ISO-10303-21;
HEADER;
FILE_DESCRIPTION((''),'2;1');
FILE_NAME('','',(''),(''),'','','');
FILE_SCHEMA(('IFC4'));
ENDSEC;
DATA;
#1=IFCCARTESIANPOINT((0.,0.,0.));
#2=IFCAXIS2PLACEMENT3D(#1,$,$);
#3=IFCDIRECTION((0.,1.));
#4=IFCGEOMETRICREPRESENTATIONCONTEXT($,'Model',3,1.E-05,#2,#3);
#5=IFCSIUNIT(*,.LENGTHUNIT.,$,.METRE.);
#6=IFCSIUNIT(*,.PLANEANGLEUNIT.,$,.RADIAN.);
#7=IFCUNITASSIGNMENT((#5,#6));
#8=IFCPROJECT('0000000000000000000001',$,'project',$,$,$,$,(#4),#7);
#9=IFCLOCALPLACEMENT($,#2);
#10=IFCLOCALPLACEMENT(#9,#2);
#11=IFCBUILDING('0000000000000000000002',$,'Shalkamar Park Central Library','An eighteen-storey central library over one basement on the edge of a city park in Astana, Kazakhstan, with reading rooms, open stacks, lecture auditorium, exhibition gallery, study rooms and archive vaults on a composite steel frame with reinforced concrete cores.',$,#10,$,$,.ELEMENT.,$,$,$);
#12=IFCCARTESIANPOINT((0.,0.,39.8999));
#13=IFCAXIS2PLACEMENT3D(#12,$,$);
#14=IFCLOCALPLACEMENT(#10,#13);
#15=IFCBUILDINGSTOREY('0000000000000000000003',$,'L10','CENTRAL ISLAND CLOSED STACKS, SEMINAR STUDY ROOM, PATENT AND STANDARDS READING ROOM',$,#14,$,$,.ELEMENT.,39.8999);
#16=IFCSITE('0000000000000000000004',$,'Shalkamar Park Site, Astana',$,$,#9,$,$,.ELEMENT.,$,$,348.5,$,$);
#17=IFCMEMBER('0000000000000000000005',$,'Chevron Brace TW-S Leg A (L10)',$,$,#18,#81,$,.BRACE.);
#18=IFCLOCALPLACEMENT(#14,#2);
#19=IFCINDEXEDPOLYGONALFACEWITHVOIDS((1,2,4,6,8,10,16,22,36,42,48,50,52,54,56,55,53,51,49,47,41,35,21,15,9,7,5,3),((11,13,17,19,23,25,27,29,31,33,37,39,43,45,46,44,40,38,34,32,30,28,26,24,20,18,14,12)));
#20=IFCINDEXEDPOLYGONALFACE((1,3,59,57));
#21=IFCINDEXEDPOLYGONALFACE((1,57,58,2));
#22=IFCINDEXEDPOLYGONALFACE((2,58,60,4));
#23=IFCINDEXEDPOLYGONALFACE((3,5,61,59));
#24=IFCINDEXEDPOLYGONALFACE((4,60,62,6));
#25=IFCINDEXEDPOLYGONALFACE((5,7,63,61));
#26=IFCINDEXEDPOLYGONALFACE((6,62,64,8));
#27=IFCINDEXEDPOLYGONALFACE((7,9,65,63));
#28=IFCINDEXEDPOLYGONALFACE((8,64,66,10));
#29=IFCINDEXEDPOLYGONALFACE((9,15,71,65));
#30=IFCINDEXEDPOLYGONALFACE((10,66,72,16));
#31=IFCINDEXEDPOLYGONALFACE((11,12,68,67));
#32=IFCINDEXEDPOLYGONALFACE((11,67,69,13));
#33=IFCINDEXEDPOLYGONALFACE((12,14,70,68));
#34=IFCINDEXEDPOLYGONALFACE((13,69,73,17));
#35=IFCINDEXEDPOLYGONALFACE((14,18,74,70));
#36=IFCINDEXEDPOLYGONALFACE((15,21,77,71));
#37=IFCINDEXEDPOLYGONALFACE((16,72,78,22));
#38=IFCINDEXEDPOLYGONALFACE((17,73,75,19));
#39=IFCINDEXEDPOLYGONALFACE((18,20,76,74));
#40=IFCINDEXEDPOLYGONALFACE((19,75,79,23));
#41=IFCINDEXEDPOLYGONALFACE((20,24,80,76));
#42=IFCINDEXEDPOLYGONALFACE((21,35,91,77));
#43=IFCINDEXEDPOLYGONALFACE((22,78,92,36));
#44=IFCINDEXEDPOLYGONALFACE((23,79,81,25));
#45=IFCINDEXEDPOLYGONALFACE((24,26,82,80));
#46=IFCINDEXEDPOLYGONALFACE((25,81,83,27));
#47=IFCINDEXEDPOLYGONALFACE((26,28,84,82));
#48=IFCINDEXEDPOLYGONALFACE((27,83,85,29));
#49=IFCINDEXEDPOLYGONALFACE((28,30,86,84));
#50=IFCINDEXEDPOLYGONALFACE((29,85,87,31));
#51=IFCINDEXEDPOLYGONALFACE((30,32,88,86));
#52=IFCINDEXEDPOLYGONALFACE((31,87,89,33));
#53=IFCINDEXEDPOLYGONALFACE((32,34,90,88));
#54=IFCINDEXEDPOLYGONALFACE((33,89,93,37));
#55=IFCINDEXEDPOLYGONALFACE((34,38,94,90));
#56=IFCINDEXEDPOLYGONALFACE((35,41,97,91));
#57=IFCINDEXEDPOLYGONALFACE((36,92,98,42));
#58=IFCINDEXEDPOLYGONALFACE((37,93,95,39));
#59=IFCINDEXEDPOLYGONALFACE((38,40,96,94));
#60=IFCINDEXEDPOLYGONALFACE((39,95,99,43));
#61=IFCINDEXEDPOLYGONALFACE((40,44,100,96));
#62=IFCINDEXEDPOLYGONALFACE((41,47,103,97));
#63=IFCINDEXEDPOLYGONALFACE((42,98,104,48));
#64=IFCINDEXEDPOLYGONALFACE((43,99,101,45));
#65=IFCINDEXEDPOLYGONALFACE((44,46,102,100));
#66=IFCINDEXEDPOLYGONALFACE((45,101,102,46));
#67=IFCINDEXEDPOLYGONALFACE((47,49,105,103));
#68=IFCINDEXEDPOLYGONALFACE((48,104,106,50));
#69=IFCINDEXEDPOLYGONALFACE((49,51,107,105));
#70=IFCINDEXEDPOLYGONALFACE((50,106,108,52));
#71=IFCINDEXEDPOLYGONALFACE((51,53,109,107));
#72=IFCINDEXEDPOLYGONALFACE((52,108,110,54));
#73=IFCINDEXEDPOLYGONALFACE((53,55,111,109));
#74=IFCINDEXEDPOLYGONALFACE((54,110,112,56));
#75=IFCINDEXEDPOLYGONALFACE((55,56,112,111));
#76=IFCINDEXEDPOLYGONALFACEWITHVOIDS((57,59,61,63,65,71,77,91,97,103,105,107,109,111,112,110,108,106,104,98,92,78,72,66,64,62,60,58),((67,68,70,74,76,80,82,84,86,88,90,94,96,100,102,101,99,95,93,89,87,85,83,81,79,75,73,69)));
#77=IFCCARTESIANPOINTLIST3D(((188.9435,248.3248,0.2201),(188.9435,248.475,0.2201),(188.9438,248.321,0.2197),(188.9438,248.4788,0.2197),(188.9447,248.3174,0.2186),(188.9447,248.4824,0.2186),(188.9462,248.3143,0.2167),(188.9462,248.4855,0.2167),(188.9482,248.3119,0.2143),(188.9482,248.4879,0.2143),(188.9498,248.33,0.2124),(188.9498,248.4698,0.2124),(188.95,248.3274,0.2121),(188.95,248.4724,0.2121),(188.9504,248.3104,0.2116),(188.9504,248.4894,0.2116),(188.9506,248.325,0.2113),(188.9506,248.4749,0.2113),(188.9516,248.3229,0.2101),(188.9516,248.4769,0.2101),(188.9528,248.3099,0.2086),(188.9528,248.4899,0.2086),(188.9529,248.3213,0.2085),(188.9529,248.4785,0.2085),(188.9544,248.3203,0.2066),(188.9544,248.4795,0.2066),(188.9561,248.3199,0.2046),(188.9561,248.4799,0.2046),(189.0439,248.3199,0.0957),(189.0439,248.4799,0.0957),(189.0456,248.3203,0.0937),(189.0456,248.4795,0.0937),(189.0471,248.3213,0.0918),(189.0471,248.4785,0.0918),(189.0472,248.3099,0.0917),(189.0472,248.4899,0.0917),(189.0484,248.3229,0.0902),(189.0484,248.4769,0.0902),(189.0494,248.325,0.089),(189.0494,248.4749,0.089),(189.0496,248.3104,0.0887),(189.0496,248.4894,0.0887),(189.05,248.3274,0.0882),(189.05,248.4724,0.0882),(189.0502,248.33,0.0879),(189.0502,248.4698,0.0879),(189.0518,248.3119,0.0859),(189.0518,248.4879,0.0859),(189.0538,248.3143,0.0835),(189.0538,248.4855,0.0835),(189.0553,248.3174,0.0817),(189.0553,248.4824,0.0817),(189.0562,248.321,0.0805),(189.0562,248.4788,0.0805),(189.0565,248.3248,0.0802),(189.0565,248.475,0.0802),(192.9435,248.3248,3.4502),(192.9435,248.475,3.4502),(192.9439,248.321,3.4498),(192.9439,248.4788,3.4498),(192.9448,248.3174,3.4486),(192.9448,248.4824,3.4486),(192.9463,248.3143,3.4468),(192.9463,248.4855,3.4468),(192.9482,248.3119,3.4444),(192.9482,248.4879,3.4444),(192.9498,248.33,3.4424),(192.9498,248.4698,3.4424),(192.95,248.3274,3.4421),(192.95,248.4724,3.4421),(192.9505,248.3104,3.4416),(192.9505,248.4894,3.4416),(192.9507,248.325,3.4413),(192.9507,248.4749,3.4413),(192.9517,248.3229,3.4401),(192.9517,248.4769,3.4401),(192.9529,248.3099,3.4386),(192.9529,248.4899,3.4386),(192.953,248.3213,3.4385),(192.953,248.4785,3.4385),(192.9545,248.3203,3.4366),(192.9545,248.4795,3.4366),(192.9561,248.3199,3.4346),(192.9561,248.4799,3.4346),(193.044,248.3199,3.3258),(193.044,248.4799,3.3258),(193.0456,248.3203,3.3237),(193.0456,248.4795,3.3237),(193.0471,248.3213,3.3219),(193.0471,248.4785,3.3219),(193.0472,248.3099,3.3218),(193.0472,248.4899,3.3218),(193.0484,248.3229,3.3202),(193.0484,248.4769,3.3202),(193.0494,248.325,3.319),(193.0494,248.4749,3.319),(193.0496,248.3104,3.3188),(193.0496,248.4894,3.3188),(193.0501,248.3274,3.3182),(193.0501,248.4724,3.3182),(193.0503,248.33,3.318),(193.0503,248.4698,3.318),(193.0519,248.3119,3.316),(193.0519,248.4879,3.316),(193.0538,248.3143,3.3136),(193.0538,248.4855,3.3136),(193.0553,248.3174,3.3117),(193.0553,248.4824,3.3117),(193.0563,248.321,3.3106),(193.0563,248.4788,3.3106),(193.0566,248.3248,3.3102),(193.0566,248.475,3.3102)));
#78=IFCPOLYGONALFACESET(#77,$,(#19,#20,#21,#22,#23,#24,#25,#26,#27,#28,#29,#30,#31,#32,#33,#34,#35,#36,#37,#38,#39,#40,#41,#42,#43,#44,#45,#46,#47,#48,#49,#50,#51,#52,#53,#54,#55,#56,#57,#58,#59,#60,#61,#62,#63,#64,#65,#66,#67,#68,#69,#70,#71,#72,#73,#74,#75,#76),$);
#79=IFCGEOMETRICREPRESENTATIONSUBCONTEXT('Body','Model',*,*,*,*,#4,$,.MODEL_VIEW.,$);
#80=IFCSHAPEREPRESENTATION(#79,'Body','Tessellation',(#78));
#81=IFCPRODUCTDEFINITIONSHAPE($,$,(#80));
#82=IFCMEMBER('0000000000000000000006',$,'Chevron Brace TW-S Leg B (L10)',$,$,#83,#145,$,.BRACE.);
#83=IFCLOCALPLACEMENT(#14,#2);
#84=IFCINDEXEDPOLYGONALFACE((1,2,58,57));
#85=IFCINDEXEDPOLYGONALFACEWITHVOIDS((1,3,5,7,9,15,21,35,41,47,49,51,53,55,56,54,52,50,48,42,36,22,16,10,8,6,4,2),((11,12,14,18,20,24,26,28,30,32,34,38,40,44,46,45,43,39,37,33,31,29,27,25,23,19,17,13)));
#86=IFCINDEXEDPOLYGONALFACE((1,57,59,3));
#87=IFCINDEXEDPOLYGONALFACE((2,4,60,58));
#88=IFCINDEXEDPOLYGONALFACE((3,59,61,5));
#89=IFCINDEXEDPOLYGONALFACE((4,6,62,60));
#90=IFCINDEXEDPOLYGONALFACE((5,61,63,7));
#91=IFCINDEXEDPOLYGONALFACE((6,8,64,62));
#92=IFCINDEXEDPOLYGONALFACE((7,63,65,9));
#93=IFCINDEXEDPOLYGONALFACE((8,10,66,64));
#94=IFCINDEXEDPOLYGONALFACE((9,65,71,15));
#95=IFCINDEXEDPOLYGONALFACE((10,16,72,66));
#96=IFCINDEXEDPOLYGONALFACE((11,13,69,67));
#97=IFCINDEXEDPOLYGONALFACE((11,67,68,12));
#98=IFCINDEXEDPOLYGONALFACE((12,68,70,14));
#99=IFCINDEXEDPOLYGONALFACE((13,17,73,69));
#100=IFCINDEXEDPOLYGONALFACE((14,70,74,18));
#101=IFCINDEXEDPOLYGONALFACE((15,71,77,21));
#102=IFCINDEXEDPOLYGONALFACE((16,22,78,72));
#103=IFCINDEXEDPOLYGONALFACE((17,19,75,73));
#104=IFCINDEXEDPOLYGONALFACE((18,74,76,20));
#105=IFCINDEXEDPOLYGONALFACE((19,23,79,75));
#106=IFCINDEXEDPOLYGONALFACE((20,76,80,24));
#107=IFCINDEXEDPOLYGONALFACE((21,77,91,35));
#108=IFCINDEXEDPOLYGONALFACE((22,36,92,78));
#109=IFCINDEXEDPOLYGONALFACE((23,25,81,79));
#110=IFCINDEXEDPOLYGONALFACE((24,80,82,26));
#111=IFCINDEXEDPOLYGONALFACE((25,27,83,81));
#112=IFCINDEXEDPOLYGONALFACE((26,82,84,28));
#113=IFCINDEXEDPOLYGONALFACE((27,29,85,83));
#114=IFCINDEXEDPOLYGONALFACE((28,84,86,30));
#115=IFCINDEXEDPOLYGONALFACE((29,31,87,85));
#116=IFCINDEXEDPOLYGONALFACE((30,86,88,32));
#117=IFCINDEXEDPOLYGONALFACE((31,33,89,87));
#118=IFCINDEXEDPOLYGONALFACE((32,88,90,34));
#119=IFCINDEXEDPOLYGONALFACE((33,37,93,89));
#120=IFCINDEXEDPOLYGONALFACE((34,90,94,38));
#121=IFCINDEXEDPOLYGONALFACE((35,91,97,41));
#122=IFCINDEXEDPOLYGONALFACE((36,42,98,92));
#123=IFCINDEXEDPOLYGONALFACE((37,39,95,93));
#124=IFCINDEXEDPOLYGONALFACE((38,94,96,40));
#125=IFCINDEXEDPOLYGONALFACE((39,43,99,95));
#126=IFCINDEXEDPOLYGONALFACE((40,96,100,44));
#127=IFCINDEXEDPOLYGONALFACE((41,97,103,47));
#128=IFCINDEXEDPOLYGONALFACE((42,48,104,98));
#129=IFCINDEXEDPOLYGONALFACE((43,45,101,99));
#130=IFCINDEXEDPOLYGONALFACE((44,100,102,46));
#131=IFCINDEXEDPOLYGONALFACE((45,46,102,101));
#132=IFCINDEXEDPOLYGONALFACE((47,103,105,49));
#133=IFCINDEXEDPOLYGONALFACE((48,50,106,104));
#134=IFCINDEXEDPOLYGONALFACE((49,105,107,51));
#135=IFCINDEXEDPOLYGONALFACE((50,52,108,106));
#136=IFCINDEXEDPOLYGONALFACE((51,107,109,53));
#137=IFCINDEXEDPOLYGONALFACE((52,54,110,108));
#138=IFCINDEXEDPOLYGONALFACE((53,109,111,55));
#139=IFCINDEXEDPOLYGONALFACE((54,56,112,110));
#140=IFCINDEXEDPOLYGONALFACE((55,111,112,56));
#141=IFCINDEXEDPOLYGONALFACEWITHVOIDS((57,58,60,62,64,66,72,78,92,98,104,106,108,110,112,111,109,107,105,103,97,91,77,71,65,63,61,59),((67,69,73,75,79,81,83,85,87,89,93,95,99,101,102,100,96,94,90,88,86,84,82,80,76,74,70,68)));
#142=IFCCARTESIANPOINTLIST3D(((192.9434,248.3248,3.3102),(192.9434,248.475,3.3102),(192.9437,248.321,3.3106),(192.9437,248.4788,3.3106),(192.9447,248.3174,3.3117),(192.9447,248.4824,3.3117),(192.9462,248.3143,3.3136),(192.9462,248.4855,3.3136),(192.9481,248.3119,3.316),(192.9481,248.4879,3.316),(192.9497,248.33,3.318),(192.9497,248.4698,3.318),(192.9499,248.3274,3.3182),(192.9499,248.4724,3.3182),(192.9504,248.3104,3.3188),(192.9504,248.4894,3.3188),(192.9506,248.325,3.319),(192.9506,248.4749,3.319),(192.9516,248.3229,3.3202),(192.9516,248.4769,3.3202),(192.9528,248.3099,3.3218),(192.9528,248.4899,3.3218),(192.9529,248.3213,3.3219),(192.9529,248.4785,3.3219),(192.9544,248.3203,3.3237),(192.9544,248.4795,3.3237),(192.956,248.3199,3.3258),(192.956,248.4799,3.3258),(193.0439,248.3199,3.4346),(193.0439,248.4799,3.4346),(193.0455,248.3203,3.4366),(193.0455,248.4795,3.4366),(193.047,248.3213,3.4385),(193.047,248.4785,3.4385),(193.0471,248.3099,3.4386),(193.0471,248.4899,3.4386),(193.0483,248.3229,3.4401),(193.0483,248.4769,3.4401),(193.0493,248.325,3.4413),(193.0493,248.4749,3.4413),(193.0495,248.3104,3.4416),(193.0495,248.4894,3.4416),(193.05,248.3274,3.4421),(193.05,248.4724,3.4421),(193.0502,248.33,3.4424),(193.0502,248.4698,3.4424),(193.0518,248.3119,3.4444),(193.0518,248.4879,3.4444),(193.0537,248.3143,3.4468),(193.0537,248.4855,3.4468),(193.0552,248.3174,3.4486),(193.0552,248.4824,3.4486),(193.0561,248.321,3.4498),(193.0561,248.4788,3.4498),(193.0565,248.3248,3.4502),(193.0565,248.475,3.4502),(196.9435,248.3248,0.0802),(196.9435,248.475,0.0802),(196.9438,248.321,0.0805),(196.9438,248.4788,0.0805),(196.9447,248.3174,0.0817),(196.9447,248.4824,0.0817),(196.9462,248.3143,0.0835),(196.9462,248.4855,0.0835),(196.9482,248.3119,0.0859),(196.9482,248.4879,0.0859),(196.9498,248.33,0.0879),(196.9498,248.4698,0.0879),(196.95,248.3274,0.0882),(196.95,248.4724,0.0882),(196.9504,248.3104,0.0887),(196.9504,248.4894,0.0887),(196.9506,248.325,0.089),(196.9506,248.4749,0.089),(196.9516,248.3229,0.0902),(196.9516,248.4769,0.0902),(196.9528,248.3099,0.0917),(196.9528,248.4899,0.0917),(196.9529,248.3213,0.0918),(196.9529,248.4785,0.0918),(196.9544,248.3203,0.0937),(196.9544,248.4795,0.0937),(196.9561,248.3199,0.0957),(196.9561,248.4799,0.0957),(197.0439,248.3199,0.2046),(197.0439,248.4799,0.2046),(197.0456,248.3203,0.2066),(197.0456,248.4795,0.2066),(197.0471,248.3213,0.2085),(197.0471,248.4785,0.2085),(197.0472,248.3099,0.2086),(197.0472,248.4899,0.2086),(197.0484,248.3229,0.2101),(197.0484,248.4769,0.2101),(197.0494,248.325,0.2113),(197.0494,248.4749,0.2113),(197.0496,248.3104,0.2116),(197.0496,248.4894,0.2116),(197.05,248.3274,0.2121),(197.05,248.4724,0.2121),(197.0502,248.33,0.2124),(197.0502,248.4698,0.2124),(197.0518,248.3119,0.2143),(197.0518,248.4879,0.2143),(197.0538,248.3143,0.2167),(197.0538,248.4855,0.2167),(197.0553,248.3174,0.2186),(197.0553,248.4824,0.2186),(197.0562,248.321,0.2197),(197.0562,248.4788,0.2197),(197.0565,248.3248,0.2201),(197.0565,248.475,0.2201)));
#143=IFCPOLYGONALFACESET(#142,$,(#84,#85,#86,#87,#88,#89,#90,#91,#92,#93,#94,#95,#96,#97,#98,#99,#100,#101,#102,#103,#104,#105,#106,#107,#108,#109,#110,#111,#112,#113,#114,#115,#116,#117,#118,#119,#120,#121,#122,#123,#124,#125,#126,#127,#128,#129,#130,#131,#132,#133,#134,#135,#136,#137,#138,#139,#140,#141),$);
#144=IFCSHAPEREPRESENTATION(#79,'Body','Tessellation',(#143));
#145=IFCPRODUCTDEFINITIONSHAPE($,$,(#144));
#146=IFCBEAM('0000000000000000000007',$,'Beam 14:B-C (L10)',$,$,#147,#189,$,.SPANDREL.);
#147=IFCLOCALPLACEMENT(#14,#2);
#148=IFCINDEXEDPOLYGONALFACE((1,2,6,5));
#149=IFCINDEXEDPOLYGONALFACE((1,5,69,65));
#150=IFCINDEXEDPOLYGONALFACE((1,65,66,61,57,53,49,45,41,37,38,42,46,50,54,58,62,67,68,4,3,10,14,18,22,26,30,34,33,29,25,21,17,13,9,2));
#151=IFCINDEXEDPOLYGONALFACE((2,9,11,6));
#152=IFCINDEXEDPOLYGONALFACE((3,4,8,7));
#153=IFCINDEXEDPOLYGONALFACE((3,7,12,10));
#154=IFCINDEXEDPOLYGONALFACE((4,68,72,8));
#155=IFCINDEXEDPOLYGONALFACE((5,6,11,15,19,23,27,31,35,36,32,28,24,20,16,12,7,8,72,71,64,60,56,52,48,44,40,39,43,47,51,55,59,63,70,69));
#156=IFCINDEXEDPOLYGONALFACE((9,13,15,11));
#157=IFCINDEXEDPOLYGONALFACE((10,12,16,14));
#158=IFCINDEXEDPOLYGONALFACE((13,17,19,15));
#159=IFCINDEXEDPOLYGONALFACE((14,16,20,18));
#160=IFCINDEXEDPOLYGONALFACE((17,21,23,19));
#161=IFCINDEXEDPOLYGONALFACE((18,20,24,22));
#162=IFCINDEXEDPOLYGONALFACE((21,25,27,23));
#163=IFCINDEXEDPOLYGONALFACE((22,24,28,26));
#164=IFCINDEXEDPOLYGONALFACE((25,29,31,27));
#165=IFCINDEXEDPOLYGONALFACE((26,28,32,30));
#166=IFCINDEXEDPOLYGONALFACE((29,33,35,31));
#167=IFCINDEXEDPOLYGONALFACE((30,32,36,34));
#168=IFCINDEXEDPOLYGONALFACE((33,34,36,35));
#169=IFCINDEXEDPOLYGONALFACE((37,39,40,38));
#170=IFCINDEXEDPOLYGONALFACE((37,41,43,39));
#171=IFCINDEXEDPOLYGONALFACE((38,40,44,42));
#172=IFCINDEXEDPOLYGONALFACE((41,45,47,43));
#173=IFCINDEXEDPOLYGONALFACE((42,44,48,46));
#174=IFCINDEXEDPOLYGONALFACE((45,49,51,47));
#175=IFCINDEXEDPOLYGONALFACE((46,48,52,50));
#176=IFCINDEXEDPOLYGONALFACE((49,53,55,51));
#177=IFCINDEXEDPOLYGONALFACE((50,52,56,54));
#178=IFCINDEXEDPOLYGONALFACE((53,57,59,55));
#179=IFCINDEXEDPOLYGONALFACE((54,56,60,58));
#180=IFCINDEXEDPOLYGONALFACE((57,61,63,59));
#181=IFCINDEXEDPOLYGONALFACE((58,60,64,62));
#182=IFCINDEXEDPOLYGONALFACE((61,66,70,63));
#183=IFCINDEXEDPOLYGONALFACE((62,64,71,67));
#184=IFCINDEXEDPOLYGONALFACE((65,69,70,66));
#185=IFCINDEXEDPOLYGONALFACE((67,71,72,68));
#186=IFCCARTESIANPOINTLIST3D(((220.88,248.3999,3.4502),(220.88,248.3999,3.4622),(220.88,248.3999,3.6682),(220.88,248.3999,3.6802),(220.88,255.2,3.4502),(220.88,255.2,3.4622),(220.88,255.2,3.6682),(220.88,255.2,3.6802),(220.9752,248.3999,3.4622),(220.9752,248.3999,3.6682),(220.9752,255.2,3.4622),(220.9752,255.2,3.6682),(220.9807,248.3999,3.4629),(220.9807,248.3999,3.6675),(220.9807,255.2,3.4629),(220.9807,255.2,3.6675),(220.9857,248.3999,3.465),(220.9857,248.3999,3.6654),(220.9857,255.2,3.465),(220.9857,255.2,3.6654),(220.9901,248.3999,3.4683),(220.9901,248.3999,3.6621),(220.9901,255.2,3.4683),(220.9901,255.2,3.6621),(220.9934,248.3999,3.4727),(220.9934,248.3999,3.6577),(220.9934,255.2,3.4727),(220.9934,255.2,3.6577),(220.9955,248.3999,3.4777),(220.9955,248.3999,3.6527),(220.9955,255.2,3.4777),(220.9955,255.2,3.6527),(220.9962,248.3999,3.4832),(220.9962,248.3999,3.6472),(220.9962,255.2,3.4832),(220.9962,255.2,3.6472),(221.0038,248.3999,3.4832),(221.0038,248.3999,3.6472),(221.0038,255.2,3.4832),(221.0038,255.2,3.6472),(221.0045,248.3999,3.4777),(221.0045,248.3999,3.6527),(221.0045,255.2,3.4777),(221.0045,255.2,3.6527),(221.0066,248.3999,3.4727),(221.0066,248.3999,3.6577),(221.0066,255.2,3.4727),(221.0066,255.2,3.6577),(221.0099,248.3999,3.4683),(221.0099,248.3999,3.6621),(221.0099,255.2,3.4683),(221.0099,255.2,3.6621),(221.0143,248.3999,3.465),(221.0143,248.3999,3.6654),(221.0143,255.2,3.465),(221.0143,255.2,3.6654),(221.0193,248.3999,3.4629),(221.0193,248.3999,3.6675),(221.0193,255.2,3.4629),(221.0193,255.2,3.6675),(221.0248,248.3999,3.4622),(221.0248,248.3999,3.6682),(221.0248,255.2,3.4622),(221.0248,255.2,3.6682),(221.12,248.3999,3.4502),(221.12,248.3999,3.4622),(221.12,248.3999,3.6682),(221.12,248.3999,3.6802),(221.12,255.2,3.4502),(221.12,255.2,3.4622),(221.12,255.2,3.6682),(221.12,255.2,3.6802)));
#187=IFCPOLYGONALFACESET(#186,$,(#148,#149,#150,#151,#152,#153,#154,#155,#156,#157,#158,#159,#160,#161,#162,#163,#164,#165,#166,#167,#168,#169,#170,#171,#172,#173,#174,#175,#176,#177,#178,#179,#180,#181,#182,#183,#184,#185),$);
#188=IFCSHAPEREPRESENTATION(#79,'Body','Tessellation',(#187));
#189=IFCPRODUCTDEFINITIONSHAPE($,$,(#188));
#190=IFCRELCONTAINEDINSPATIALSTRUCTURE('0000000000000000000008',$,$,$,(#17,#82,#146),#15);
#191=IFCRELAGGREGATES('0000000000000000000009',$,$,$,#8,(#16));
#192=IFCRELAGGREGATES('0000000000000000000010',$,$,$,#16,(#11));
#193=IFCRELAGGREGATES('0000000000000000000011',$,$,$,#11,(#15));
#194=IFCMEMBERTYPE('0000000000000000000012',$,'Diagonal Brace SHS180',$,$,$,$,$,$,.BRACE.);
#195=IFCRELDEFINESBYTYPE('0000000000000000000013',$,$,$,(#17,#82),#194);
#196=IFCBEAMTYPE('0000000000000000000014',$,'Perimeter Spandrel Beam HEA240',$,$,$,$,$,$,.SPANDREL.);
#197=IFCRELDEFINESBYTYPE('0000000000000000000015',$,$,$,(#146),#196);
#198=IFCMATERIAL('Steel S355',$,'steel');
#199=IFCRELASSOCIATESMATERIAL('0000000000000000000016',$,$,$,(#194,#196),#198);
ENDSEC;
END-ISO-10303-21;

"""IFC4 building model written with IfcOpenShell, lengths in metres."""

from ifc_helpers import new_model, si_unit, direction, frame, origin, origin_2d, place, context, subcontext, project, spatial, hollow_rectangle, i_section, extrude, material, material_profile, profile_set, type_object, element, save


model = new_model("IFC4")

# Units and contexts
model_context = context("Model", 3, precision=1e-05, world=origin(), true_north=direction((0.0, 1.0)))
body_context = subcontext(model_context, "Body", "Model", "MODEL_VIEW")
ifc_project = project(units=[si_unit("LENGTHUNIT", "METRE"), si_unit("PLANEANGLEUNIT", "RADIAN")], contexts=[model_context])

# Site, building, storey
site_placement = place(None, origin())
site = spatial("IfcSite", under=ifc_project, at=site_placement, Name="Shalkamar Park Site, Astana", CompositionType="ELEMENT", RefElevation=348.5)
building_placement = place(site_placement, origin())
building = spatial("IfcBuilding", under=site, at=building_placement, Name="Shalkamar Park Central Library", Description="An eighteen-storey central library over one basement on the edge of a city park in Astana, Kazakhstan, with reading rooms, open stacks, lecture auditorium, exhibition gallery, study rooms and archive vaults on a composite steel frame with reinforced concrete cores.", CompositionType="ELEMENT")
storey_placement = place(building_placement, frame((0.0, 0.0, 39.8999)))
storey = spatial("IfcBuildingStorey", under=building, at=storey_placement, Name="L10", Description="CENTRAL ISLAND CLOSED STACKS, SEMINAR STUDY ROOM, PATENT AND STANDARDS READING ROOM", CompositionType="ELEMENT", Elevation=39.8999)

# Shared definitions
ifc_material_1 = material(Name="Steel S355", Category="steel")

# Members
ifc_material_profile_1 = material_profile(ifc_material_1, hollow_rectangle(XDim=0.1799, YDim=0.1799, WallThickness=0.01, InnerFilletRadius=0.01, OuterFilletRadius=0.0149, at=origin_2d()), Name="SHS 180x180x10")
ifc_profile_set_1 = profile_set([ifc_material_profile_1], Name="Steel S355")
member_type = type_object("IfcMemberType", Name="Diagonal Brace SHS180", PredefinedType="BRACE", material=ifc_profile_set_1)
for number, where, z_axis, x_axis, name in (
    (1, (189.0, 248.3999, 0.1501), (0.778016, 0.0, 0.628244), (0.0, 1.0, 0.0), "Chevron Brace TW-S Leg A (L10)"),
    (2, (197.0, 248.3999, 0.1501), (-0.778016, 0.0, 0.628244), (0.0, -1.0, 0.0), "Chevron Brace TW-S Leg B (L10)"),
):
    element("IfcMember", number, at=place(storey_placement, frame(where, z_axis=z_axis, x_axis=x_axis)), inside=storey, type_object=member_type, Name=name, PredefinedType="BRACE", context=body_context, shape_type="SweptSolid", body=[
        extrude(hollow_rectangle(XDim=0.1799, YDim=0.1799, WallThickness=0.01, InnerFilletRadius=0.01, OuterFilletRadius=0.0149, at=origin_2d()), origin(), (0.0, 0.0, 1.0), 5.1414),
    ])

# Beam
ifc_material_profile_2 = material_profile(ifc_material_1, i_section(OverallWidth=0.24, OverallDepth=0.23, WebThickness=0.0076, FlangeThickness=0.012, FilletRadius=0.021, at=origin_2d()), Name="HEA 240")
ifc_profile_set_2 = profile_set([ifc_material_profile_2], Name="Steel S355")
beam_type_1 = type_object("IfcBeamType", Name="Perimeter Spandrel Beam HEA240", PredefinedType="SPANDREL", material=ifc_profile_set_2)
beam_placement = place(storey_placement, frame((221.0, 248.3999, 3.5652), z_axis=(0.0, 1.0, 0.0), x_axis=(-1.0, 0.0, 0.0)))
element("IfcBeam", 3, at=beam_placement, inside=storey, type_object=beam_type_1, Name="Beam 14:B-C (L10)", PredefinedType="SPANDREL", context=body_context, shape_type="SweptSolid", body=[
    extrude(i_section(OverallWidth=0.24, OverallDepth=0.23, WebThickness=0.0076, FlangeThickness=0.012, FilletRadius=0.021, at=origin_2d()), origin(), (0.0, 0.0, 1.0), 6.8),
])

save(model, "model.ifc")
